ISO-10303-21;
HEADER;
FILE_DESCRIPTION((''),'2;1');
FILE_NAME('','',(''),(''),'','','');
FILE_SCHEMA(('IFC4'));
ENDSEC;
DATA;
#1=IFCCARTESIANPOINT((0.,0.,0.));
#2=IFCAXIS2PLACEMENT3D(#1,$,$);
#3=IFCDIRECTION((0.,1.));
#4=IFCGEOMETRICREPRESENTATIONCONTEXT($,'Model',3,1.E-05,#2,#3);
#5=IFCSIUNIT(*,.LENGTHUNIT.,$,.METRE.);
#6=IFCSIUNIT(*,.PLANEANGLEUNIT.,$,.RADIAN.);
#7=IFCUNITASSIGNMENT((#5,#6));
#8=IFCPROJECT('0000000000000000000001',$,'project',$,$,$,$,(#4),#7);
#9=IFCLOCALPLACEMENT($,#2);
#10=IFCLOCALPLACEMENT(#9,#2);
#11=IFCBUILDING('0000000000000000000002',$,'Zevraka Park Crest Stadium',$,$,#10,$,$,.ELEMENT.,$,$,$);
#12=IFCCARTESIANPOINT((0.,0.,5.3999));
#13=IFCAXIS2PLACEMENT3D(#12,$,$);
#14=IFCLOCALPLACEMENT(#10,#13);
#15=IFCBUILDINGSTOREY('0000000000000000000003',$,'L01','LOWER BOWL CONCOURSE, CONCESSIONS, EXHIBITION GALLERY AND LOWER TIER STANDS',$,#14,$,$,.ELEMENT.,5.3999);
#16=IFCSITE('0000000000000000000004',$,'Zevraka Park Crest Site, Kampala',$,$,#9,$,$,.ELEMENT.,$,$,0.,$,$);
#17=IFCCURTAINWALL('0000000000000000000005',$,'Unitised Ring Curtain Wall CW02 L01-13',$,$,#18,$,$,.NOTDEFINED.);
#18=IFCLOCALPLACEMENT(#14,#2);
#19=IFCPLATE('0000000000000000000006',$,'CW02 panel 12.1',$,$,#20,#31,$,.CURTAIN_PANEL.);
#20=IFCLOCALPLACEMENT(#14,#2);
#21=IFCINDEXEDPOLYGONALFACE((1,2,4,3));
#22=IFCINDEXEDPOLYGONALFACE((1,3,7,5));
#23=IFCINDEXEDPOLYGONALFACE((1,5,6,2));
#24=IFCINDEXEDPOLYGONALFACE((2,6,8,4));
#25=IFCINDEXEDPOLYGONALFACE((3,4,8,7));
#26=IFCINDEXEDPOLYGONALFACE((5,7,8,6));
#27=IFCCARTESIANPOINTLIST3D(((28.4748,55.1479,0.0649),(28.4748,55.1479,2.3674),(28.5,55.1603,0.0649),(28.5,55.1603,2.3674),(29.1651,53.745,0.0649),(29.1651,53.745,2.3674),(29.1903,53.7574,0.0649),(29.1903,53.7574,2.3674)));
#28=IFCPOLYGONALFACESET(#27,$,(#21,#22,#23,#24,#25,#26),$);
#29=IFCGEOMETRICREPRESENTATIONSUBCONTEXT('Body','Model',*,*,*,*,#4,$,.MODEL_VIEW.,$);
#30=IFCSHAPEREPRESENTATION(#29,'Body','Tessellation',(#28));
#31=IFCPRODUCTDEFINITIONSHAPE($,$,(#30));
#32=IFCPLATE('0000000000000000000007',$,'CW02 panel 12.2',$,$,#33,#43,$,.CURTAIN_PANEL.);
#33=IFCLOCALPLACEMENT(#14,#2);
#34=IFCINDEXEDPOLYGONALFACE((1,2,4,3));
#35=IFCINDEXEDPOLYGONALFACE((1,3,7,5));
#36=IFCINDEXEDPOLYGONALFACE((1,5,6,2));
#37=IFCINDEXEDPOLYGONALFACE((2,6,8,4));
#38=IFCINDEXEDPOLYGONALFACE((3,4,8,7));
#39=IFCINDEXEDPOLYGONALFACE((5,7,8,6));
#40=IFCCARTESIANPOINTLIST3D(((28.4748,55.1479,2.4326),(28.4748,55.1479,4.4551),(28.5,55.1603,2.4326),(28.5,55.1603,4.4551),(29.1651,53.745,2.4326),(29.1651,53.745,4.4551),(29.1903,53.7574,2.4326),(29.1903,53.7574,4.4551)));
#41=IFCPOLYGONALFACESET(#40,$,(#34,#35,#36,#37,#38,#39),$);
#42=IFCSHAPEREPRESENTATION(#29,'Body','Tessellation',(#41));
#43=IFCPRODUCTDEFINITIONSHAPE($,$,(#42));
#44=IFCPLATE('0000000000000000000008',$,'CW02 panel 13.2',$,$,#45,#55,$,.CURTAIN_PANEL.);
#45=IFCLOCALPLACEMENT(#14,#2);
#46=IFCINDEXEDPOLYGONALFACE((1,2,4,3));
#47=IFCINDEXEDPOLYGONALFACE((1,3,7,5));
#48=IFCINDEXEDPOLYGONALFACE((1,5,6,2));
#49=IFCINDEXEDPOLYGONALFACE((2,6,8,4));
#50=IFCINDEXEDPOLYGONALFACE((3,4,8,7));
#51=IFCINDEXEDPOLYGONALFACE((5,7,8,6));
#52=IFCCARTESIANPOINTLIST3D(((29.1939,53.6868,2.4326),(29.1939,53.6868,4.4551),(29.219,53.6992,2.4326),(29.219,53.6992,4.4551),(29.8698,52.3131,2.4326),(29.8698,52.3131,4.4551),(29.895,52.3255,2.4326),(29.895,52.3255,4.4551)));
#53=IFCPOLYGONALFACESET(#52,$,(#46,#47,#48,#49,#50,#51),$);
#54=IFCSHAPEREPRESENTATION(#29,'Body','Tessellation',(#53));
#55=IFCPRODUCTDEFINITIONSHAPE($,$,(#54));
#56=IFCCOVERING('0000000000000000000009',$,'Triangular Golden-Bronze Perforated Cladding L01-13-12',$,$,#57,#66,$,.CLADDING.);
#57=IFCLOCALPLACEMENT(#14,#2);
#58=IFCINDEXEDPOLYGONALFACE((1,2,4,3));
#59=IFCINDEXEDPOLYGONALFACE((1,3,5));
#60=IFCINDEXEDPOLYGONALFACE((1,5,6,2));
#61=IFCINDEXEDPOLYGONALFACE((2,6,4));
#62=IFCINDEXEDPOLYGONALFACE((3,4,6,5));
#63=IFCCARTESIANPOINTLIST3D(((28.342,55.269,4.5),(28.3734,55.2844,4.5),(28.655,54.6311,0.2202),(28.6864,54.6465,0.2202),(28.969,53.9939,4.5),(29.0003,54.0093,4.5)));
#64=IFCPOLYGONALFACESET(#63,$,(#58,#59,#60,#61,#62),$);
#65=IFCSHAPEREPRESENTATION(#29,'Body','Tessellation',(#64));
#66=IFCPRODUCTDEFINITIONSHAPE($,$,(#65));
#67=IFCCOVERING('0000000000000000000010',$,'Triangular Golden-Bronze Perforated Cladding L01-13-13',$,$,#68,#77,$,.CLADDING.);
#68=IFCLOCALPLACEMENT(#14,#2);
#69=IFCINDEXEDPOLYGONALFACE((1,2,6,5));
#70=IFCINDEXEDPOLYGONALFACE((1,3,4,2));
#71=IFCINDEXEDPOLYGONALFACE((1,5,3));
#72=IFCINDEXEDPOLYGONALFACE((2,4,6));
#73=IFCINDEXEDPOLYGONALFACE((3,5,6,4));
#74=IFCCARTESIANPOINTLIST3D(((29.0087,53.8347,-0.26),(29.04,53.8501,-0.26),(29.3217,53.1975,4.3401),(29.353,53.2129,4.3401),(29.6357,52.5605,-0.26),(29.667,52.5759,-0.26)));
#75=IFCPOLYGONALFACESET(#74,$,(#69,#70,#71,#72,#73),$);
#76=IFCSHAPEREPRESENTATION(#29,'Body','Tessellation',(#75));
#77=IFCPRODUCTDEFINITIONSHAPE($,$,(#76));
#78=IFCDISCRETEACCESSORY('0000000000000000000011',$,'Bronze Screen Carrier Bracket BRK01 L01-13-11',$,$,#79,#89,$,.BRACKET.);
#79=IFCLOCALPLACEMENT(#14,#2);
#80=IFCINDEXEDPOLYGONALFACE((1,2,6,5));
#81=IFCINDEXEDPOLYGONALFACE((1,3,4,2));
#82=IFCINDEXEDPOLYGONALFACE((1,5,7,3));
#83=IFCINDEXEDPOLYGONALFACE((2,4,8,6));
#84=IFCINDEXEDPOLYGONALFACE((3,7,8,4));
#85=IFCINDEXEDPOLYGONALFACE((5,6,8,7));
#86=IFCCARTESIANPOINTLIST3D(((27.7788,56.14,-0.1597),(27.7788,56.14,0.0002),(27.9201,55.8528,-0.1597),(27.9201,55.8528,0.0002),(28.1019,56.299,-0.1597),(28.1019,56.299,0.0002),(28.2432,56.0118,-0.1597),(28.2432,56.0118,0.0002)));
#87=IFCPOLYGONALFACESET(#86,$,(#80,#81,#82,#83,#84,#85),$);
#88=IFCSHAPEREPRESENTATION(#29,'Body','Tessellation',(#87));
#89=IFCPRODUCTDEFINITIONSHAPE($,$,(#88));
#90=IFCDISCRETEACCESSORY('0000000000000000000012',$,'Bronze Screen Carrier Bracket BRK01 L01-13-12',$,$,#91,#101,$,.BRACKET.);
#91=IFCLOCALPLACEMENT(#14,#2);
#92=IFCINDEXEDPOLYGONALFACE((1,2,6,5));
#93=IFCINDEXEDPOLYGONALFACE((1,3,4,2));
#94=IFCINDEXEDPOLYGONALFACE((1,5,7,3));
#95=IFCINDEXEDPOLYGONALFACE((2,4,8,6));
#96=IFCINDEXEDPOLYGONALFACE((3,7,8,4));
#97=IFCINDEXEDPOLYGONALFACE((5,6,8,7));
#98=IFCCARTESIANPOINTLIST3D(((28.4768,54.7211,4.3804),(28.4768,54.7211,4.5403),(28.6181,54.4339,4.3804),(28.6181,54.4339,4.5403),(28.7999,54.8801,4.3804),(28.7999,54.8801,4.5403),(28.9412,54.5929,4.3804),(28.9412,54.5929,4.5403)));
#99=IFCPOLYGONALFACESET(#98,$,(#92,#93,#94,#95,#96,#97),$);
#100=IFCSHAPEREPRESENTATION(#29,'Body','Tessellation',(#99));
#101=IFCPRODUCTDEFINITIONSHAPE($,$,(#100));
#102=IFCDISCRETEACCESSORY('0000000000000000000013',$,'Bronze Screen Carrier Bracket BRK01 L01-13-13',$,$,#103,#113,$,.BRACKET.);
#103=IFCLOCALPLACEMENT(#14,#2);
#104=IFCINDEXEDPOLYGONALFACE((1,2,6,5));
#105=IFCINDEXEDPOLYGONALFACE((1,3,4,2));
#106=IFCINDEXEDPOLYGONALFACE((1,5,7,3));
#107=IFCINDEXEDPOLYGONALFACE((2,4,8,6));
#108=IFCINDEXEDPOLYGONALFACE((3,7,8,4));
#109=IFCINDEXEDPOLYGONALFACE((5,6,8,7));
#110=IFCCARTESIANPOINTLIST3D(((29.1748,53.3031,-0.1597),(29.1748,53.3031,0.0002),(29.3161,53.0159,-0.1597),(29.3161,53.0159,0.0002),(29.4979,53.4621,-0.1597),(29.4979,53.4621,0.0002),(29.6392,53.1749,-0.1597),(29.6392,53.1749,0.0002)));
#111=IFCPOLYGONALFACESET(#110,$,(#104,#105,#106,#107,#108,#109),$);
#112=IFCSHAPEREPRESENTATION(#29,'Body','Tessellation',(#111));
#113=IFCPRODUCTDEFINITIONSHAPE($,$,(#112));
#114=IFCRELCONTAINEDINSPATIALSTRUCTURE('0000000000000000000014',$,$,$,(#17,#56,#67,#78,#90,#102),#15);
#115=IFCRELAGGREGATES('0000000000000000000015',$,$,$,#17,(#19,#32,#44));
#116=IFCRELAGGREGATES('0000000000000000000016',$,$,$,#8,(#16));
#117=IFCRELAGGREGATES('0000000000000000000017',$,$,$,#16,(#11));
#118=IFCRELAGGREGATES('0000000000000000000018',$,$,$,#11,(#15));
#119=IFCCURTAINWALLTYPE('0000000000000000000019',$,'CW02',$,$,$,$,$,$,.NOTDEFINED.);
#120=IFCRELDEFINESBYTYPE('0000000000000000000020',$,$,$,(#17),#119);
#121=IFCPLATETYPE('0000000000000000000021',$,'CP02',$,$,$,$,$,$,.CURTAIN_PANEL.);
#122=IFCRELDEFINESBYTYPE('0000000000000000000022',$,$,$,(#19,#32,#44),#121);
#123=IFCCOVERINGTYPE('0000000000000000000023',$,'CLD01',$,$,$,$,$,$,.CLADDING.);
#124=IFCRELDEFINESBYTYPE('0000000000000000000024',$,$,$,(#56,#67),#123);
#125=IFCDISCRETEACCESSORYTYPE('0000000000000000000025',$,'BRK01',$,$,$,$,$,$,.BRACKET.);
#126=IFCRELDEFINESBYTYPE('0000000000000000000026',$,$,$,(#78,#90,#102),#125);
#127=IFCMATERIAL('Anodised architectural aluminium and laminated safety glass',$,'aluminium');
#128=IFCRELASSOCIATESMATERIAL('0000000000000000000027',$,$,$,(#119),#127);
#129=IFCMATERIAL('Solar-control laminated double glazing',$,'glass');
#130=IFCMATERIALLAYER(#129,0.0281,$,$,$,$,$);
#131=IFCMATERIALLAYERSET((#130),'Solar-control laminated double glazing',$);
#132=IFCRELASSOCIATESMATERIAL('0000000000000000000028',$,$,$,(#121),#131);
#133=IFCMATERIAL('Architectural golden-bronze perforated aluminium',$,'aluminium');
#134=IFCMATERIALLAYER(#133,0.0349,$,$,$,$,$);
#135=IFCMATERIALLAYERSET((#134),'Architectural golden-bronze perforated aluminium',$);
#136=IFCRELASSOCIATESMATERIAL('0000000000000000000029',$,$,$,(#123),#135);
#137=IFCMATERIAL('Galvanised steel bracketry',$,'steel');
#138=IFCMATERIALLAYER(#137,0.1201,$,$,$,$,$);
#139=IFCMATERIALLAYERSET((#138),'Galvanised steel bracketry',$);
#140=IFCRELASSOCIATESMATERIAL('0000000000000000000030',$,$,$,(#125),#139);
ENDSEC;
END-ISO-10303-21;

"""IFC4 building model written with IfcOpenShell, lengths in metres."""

from ifc_helpers import new_model, si_unit, direction, frame, origin, origin_2d, place, context, subcontext, project, spatial, polyline, rectangle, outline, extrude, material, layer, layer_set, type_object, element, aggregate, save


model = new_model("IFC4")

# Units and contexts
model_context = context("Model", 3, precision=1e-05, world=origin(), true_north=direction((0.0, 1.0)))
body_context = subcontext(model_context, "Body", "Model", "MODEL_VIEW")
ifc_project = project(units=[si_unit("LENGTHUNIT", "METRE"), si_unit("PLANEANGLEUNIT", "RADIAN")], contexts=[model_context])

# Site, building, storey
site_placement = place(None, origin())
site = spatial("IfcSite", under=ifc_project, at=site_placement, Name="Zevraka Park Crest Site, Kampala", CompositionType="ELEMENT", RefElevation=0.0)
building_placement = place(site_placement, origin())
building = spatial("IfcBuilding", under=site, at=building_placement, Name="Zevraka Park Crest Stadium", CompositionType="ELEMENT")
storey_placement = place(building_placement, frame((0.0, 0.0, 5.3999)))
storey = spatial("IfcBuildingStorey", under=building, at=storey_placement, Name="L01", Description="LOWER BOWL CONCOURSE, CONCESSIONS, EXHIBITION GALLERY AND LOWER TIER STANDS", CompositionType="ELEMENT", Elevation=5.3999)

# Curtain wall, plates
ifc_material_1 = material(Name="Anodised architectural aluminium and laminated safety glass", Category="aluminium")
curtain_wall_type = type_object("IfcCurtainWallType", Name="CW02", PredefinedType="NOTDEFINED", material=ifc_material_1)
curtain_wall_placement = place(storey_placement, origin())
curtain_wall = element("IfcCurtainWall", 1, at=curtain_wall_placement, inside=storey, type_object=curtain_wall_type, Name="Unitised Ring Curtain Wall CW02 L01-13", PredefinedType="NOTDEFINED")
ifc_material_2 = material(Name="Solar-control laminated double glazing", Category="glass")
ifc_layer_1 = layer(ifc_material_2, 0.0281)
ifc_layer_set_1 = layer_set([ifc_layer_1], Name="Solar-control laminated double glazing")
plate_type = type_object("IfcPlateType", Name="CP02", PredefinedType="CURTAIN_PANEL", material=ifc_layer_set_1)
plate_1_placement = place(storey_placement, frame((28.8325, 54.4526, 0.0649), z_axis=(0.0, 0.0, 1.0), x_axis=(0.441517, -0.897253, 0.0)))
plate_1 = element("IfcPlate", 2, at=plate_1_placement, type_object=plate_type, Name="CW02 panel 12.1", PredefinedType="CURTAIN_PANEL", context=body_context, shape_type="SweptSolid", body=[
    extrude(rectangle(XDim=1.5635, YDim=0.0281, at=origin_2d()), origin(), (0.0, 0.0, 1.0), 2.3025),
])
plate_2_placement = place(storey_placement, frame((28.8325, 54.4526, 2.4326), z_axis=(0.0, 0.0, 1.0), x_axis=(0.441517, -0.897253, 0.0)))
plate_2 = element("IfcPlate", 3, at=plate_2_placement, type_object=plate_type, Name="CW02 panel 12.2", PredefinedType="CURTAIN_PANEL", context=body_context, shape_type="SweptSolid", body=[
    extrude(rectangle(XDim=1.5635, YDim=0.0281, at=origin_2d()), origin(), (0.0, 0.0, 1.0), 2.0225),
])
plate_3_placement = place(storey_placement, frame((29.5444, 53.0061, 2.4326), z_axis=(0.0, 0.0, 1.0), x_axis=(0.441517, -0.897253, 0.0)))
plate_3 = element("IfcPlate", 4, at=plate_3_placement, type_object=plate_type, Name="CW02 panel 13.2", PredefinedType="CURTAIN_PANEL", context=body_context, shape_type="SweptSolid", body=[
    extrude(rectangle(XDim=1.531, YDim=0.0281, at=origin_2d()), origin(), (0.0, 0.0, 1.0), 2.0225),
])
aggregate(curtain_wall, [plate_1, plate_2, plate_3])

# Coverings
ifc_material_3 = material(Name="Architectural golden-bronze perforated aluminium", Category="aluminium")
ifc_layer_2 = layer(ifc_material_3, 0.0349)
ifc_layer_set_2 = layer_set([ifc_layer_2], Name="Architectural golden-bronze perforated aluminium")
covering_type = type_object("IfcCoveringType", Name="CLD01", PredefinedType="CLADDING", material=ifc_layer_set_2)
covering_1_placement = place(storey_placement, frame((28.969, 53.9939, 4.5), z_axis=(-0.897397, -0.441224, 0.00014), x_axis=(-0.441224, 0.897397, 0.0)))
element("IfcCovering", 5, at=covering_1_placement, inside=storey, type_object=covering_type, Name="Triangular Golden-Bronze Perforated Cladding L01-13-12", PredefinedType="CLADDING", context=body_context, shape_type="SweptSolid", body=[
    extrude(outline(polyline([(0.0, 0.0), (1.4209, 0.0), (0.7104, 4.2798), (0.0, 0.0)])), origin(), (0.0, 0.0, -1.0), 0.0349),
])
covering_2_placement = place(storey_placement, frame((29.04, 53.8501, -0.26), z_axis=(0.897263, 0.441497, 0.000107), x_axis=(0.441497, -0.897263, 0.0)))
element("IfcCovering", 6, at=covering_2_placement, inside=storey, type_object=covering_type, Name="Triangular Golden-Bronze Perforated Cladding L01-13-13", PredefinedType="CLADDING", context=body_context, shape_type="SweptSolid", body=[
    extrude(outline(polyline([(0.0, 0.0), (1.4201, 0.0), (0.7099, -4.6001), (0.0, 0.0)])), origin(), (0.0, 0.0, -1.0), 0.0349),
])

# Discrete accessories
ifc_material_4 = material(Name="Galvanised steel bracketry", Category="steel")
ifc_layer_3 = layer(ifc_material_4, 0.1201)
ifc_layer_set_3 = layer_set([ifc_layer_3], Name="Galvanised steel bracketry")
discrete_accessory_type = type_object("IfcDiscreteAccessoryType", Name="BRK01", PredefinedType="BRACKET", material=ifc_layer_set_3)
for number, where, z_axis, x_axis, name in (
    (7, (28.011, 56.0759, -0.1597), (0.0, 0.0, 1.0), (0.441506, -0.897258, 0.0), "Bronze Screen Carrier Bracket BRK01 L01-13-11"),
    (8, (28.709, 54.657, 4.3804), (0.0, 0.0, 1.0), (0.441506, -0.897258, 0.0), "Bronze Screen Carrier Bracket BRK01 L01-13-12"),
    (9, (29.407, 53.239, -0.1597), (0.0, 0.0, 1.0), (0.441506, -0.897258, 0.0), "Bronze Screen Carrier Bracket BRK01 L01-13-13"),
):
    element("IfcDiscreteAccessory", number, at=place(storey_placement, frame(where, z_axis=z_axis, x_axis=x_axis)), inside=storey, type_object=discrete_accessory_type, Name=name, PredefinedType="BRACKET", context=body_context, shape_type="SweptSolid", body=[
        extrude(rectangle(XDim=0.3201, YDim=0.3601, at=origin_2d()), origin(), (0.0, 0.0, 1.0), 0.1599),
    ])

save(model, "model.ifc")
